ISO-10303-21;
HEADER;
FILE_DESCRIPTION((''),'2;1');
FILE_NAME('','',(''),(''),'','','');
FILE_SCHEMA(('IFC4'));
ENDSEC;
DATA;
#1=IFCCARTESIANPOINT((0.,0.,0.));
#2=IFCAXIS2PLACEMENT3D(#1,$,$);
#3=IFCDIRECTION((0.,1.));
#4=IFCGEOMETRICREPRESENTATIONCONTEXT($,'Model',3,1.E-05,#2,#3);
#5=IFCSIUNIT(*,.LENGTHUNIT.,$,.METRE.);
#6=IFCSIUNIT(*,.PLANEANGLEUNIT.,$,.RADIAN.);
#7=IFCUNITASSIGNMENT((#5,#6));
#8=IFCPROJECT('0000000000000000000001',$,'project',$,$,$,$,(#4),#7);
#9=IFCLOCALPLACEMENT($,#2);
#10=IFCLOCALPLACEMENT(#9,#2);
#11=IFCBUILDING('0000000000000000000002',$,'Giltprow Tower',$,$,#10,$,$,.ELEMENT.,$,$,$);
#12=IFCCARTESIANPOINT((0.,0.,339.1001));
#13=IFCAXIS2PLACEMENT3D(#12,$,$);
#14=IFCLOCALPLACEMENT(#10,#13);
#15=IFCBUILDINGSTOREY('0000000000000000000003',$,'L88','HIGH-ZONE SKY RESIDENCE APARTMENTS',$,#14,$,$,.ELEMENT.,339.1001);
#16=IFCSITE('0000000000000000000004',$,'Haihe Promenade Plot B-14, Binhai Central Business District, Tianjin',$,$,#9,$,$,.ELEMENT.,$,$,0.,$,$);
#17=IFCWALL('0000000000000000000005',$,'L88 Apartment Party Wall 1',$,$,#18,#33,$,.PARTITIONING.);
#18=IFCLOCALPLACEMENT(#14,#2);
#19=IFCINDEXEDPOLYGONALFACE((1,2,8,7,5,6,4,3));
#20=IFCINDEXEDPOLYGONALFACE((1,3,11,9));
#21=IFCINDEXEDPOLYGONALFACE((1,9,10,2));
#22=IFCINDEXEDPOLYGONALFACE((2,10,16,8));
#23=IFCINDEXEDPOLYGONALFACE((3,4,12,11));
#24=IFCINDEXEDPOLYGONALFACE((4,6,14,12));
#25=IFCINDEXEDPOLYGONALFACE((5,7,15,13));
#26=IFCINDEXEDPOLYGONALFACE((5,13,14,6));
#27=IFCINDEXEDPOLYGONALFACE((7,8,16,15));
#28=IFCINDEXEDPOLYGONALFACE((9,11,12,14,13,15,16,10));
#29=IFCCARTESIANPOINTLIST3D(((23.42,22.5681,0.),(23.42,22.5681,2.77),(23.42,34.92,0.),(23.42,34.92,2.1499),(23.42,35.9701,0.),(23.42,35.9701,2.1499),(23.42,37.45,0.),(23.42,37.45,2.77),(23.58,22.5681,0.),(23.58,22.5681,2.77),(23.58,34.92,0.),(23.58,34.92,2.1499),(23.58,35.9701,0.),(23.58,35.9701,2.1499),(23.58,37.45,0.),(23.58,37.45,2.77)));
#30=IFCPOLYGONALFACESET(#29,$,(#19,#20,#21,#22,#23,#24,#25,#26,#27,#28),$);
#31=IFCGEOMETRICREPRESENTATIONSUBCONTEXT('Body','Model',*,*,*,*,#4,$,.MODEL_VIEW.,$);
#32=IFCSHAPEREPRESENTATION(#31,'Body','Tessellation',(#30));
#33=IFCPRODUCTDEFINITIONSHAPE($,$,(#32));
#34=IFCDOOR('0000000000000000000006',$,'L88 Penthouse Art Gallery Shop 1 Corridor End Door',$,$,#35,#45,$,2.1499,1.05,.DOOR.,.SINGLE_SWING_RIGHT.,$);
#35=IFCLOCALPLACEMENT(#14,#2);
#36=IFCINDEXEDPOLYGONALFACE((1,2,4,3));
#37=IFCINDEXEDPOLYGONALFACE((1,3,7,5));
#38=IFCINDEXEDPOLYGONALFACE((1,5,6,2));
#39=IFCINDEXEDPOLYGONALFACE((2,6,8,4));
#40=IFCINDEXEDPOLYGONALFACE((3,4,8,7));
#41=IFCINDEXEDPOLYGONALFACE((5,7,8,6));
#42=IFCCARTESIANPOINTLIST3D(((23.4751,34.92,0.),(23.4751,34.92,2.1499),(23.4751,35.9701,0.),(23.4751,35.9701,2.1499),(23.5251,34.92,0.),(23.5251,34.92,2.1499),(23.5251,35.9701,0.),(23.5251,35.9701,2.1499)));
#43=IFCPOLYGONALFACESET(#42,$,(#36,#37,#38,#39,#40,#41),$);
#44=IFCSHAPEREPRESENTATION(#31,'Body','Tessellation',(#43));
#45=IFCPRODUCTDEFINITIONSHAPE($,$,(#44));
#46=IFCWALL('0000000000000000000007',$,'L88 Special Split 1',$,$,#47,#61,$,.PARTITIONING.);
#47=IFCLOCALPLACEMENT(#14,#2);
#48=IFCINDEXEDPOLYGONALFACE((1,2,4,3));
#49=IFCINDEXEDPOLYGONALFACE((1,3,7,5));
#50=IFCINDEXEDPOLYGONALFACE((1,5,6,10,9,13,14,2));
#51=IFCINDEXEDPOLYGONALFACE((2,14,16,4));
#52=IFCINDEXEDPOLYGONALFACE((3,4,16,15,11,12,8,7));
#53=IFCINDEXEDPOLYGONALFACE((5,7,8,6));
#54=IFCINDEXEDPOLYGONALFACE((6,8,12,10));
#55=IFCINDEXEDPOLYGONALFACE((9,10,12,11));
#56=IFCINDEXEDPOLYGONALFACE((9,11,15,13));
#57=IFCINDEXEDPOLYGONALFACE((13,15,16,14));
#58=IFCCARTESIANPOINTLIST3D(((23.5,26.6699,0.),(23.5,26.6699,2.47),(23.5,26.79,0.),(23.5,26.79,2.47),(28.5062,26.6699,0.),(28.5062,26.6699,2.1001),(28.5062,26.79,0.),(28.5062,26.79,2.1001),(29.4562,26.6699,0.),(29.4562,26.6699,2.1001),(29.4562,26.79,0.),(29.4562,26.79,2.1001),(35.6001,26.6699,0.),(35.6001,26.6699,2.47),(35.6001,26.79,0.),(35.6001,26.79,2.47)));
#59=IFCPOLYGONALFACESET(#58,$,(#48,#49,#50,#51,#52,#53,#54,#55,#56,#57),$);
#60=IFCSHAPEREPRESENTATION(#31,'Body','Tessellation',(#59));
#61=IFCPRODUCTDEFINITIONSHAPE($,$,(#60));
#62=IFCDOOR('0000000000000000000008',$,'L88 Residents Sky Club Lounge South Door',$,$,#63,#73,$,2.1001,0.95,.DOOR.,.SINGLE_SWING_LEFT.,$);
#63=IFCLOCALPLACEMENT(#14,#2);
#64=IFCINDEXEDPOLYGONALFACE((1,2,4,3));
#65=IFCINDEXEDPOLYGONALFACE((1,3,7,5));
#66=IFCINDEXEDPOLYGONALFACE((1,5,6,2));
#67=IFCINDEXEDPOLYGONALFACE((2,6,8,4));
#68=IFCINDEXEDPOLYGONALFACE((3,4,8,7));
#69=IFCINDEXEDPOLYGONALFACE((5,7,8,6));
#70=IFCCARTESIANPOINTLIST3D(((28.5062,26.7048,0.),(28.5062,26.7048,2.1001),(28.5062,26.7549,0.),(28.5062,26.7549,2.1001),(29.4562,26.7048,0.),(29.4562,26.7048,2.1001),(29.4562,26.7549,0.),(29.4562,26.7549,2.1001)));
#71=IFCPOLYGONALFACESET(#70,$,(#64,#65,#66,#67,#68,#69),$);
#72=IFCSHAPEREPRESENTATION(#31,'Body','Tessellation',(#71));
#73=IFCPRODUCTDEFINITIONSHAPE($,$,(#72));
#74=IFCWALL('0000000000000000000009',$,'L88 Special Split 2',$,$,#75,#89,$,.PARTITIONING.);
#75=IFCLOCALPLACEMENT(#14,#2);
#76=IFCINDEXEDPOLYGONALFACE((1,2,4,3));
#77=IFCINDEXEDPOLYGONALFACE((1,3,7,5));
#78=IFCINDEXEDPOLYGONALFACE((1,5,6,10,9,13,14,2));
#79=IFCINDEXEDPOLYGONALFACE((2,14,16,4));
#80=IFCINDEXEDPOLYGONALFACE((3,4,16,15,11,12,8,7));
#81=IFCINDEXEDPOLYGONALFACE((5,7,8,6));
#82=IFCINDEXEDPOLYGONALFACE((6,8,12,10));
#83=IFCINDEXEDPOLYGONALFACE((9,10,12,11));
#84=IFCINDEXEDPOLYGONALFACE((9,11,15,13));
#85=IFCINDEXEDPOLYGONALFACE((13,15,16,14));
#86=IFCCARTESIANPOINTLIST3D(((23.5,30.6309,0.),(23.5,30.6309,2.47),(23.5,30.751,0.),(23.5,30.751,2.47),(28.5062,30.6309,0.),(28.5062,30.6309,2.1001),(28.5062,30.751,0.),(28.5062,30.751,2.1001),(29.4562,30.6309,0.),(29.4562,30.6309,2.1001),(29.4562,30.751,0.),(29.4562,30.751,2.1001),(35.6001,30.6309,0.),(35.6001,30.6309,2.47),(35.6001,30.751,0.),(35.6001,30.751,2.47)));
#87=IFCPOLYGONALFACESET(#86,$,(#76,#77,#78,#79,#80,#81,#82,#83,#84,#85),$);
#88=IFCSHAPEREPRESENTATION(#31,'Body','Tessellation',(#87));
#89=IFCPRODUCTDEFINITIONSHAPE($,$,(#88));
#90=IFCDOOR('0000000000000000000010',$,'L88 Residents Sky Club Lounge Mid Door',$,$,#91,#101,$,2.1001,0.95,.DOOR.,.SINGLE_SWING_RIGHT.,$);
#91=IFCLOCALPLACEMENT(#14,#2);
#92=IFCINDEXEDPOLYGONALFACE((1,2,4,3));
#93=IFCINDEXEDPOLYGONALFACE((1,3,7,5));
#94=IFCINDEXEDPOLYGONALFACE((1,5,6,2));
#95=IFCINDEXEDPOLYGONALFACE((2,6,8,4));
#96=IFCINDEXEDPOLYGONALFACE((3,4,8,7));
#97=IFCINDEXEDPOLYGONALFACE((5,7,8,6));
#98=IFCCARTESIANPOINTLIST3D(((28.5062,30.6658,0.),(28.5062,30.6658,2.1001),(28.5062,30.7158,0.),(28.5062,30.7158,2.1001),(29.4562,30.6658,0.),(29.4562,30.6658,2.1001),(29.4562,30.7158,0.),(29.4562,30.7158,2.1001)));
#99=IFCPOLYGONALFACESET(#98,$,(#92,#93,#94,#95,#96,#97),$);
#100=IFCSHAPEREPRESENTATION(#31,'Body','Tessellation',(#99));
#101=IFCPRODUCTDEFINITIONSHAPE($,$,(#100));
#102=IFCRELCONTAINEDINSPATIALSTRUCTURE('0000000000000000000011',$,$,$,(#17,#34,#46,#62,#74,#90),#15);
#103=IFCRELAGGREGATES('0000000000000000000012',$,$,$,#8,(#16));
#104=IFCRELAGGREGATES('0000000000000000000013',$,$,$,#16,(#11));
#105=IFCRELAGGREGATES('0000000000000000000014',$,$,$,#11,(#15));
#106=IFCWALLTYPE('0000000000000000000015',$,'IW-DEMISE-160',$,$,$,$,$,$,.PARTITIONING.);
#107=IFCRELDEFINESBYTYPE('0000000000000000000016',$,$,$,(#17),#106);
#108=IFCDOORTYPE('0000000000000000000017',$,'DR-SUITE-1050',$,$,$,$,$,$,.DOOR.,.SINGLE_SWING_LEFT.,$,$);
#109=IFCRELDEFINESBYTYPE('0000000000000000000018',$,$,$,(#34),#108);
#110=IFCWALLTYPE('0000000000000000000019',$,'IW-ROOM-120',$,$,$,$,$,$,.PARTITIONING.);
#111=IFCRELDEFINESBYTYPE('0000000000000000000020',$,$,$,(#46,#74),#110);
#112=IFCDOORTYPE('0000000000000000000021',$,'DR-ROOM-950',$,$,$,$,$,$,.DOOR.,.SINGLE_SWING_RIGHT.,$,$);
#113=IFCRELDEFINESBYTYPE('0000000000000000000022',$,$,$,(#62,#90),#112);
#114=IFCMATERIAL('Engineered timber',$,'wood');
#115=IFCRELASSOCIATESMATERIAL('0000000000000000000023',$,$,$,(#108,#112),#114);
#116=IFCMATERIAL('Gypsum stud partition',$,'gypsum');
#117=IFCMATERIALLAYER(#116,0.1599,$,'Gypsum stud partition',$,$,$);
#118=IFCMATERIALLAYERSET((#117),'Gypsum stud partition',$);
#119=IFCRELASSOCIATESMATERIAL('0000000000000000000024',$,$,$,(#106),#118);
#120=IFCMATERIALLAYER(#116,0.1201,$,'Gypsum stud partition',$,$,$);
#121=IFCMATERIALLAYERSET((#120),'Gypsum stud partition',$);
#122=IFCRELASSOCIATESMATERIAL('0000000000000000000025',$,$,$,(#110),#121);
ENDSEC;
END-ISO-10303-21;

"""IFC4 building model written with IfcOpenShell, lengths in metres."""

from ifc_helpers import new_model, si_unit, direction, frame, frame_2d, origin, place, context, subcontext, project, spatial, rectangle, extrude, source, transform, mapped, material, layer, layer_set, type_object, element, fill, save


model = new_model("IFC4")

# Units and contexts
model_context = context("Model", 3, precision=1e-05, world=origin(), true_north=direction((0.0, 1.0)))
body_context = subcontext(model_context, "Body", "Model", "MODEL_VIEW")
ifc_project = project(units=[si_unit("LENGTHUNIT", "METRE"), si_unit("PLANEANGLEUNIT", "RADIAN")], contexts=[model_context])

# Site, building, storey
site_placement = place(None, origin())
site = spatial("IfcSite", under=ifc_project, at=site_placement, Name="Haihe Promenade Plot B-14, Binhai Central Business District, Tianjin", CompositionType="ELEMENT", RefElevation=0.0)
building_placement = place(site_placement, origin())
building = spatial("IfcBuilding", under=site, at=building_placement, Name="Giltprow Tower", CompositionType="ELEMENT")
storey_placement = place(building_placement, frame((0.0, 0.0, 339.1001)))
storey = spatial("IfcBuildingStorey", under=building, at=storey_placement, Name="L88", Description="HIGH-ZONE SKY RESIDENCE APARTMENTS", CompositionType="ELEMENT", Elevation=339.1001)

# Shared definitions
ifc_material_1 = material(Name="Gypsum stud partition", Category="gypsum")
ifc_material_2 = material(Name="Engineered timber", Category="wood")
door_type_1 = type_object("IfcDoorType", Name="DR-SUITE-1050", OperationType="SINGLE_SWING_LEFT", PredefinedType="DOOR", material=ifc_material_2)
shared_shape_1 = source(origin(), body_context, "Body", "SweptSolid", [
    extrude(rectangle(XDim=1.05, YDim=2.1499, at=frame_2d((0.5249, 1.075))), frame((0.0, 0.0249, 0.0), z_axis=(0.0, -1.0, 0.0), x_axis=(1.0, 0.0, 0.0)), (0.0, 0.0, 1.0), 0.05),
])

# Walls, openings, doors
ifc_layer_1 = layer(ifc_material_1, 0.1599, Name="Gypsum stud partition")
ifc_layer_set_1 = layer_set([ifc_layer_1], Name="Gypsum stud partition")
wall_type_1 = type_object("IfcWallType", Name="IW-DEMISE-160", PredefinedType="PARTITIONING", material=ifc_layer_set_1)
wall_1_placement = place(storey_placement, frame((23.5, 22.5681, 0.0), z_axis=(0.0, 0.0, 1.0), x_axis=(0.0, 1.0, 0.0)))
wall_1 = element("IfcWall", 1, at=wall_1_placement, inside=storey, type_object=wall_type_1, Name="L88 Apartment Party Wall 1", PredefinedType="PARTITIONING", context=body_context, shape_type="SweptSolid", body=[
    extrude(rectangle(XDim=14.8818, YDim=0.1599, at=frame_2d((7.4409, 0.0))), origin(), (0.0, 0.0, 1.0), 2.77),
])
opening_1_placement = place(wall_1_placement, frame((12.3521, 0.0, 0.0)))
opening_1 = element("IfcOpeningElement", 2, at=opening_1_placement, cuts=wall_1, PredefinedType="OPENING", context=body_context, shape_type="SweptSolid", body=[
    extrude(rectangle(XDim=1.05, YDim=2.1499, at=frame_2d((0.5249, 1.075))), frame((0.0, 0.0898, 0.0), z_axis=(0.0, -1.0, 0.0), x_axis=(1.0, 0.0, 0.0)), (0.0, 0.0, 1.0), 0.1799),
])
door_1_placement = place(opening_1_placement, origin())
door_1 = element("IfcDoor", 3, at=door_1_placement, inside=storey, type_object=door_type_1, Name="L88 Penthouse Art Gallery Shop 1 Corridor End Door", OperationType="SINGLE_SWING_RIGHT", OverallHeight=2.1499, OverallWidth=1.05, PredefinedType="DOOR", context=body_context, shape_type="MappedRepresentation", body=[
    mapped(shared_shape_1, transform((0.0, 0.0, 0.0), x_axis=(1.0, 0.0, 0.0), y_axis=(0.0, 1.0, 0.0), z_axis=(0.0, 0.0, 1.0), scale=1.0)),
])
fill(opening_1, door_1)
ifc_layer_2 = layer(ifc_material_1, 0.1201, Name="Gypsum stud partition")
ifc_layer_set_2 = layer_set([ifc_layer_2], Name="Gypsum stud partition")
wall_type_2 = type_object("IfcWallType", Name="IW-ROOM-120", PredefinedType="PARTITIONING", material=ifc_layer_set_2)
wall_2_placement = place(storey_placement, frame((23.5, 26.73, 0.0), z_axis=(0.0, 0.0, 1.0), x_axis=(1.0, 0.0, 0.0)))
wall_2 = element("IfcWall", 4, at=wall_2_placement, inside=storey, type_object=wall_type_2, Name="L88 Special Split 1", PredefinedType="PARTITIONING", context=body_context, shape_type="SweptSolid", body=[
    extrude(rectangle(XDim=12.1001, YDim=0.1201, at=frame_2d((6.05, 0.0))), origin(), (0.0, 0.0, 1.0), 2.47),
])
opening_2_placement = place(wall_2_placement, frame((5.0061, 0.0, 0.0)))
opening_2 = element("IfcOpeningElement", 5, at=opening_2_placement, cuts=wall_2, PredefinedType="OPENING", context=body_context, shape_type="SweptSolid", body=[
    extrude(rectangle(XDim=0.95, YDim=2.1001, at=frame_2d((0.4751, 1.05))), frame((0.0, 0.0701, 0.0), z_axis=(0.0, -1.0, 0.0), x_axis=(1.0, 0.0, 0.0)), (0.0, 0.0, 1.0), 0.1401),
])
door_type_2 = type_object("IfcDoorType", Name="DR-ROOM-950", OperationType="SINGLE_SWING_RIGHT", PredefinedType="DOOR", material=ifc_material_2)
shared_shape_2 = source(origin(), body_context, "Body", "SweptSolid", [
    extrude(rectangle(XDim=0.95, YDim=2.1001, at=frame_2d((0.4751, 1.05))), frame((0.0, 0.0249, 0.0), z_axis=(0.0, -1.0, 0.0), x_axis=(1.0, 0.0, 0.0)), (0.0, 0.0, 1.0), 0.05),
])
door_2_placement = place(opening_2_placement, origin())
door_2 = element("IfcDoor", 6, at=door_2_placement, inside=storey, type_object=door_type_2, Name="L88 Residents Sky Club Lounge South Door", OperationType="SINGLE_SWING_LEFT", OverallHeight=2.1001, OverallWidth=0.95, PredefinedType="DOOR", context=body_context, shape_type="MappedRepresentation", body=[
    mapped(shared_shape_2, transform((0.0, 0.0, 0.0), x_axis=(1.0, 0.0, 0.0), y_axis=(0.0, 1.0, 0.0), z_axis=(0.0, 0.0, 1.0), scale=1.0)),
])
fill(opening_2, door_2)
wall_3_placement = place(storey_placement, frame((23.5, 30.6909, 0.0), z_axis=(0.0, 0.0, 1.0), x_axis=(1.0, 0.0, 0.0)))
wall_3 = element("IfcWall", 7, at=wall_3_placement, inside=storey, type_object=wall_type_2, Name="L88 Special Split 2", PredefinedType="PARTITIONING", context=body_context, shape_type="SweptSolid", body=[
    extrude(rectangle(XDim=12.1001, YDim=0.1201, at=frame_2d((6.05, 0.0))), origin(), (0.0, 0.0, 1.0), 2.47),
])
opening_3_placement = place(wall_3_placement, frame((5.0061, 0.0, 0.0)))
opening_3 = element("IfcOpeningElement", 8, at=opening_3_placement, cuts=wall_3, PredefinedType="OPENING", context=body_context, shape_type="SweptSolid", body=[
    extrude(rectangle(XDim=0.95, YDim=2.1001, at=frame_2d((0.4751, 1.05))), frame((0.0, 0.0701, 0.0), z_axis=(0.0, -1.0, 0.0), x_axis=(1.0, 0.0, 0.0)), (0.0, 0.0, 1.0), 0.1401),
])
door_3_placement = place(opening_3_placement, origin())
door_3 = element("IfcDoor", 9, at=door_3_placement, inside=storey, type_object=door_type_2, Name="L88 Residents Sky Club Lounge Mid Door", OperationType="SINGLE_SWING_RIGHT", OverallHeight=2.1001, OverallWidth=0.95, PredefinedType="DOOR", context=body_context, shape_type="MappedRepresentation", body=[
    mapped(shared_shape_2, transform((0.0, 0.0, 0.0), x_axis=(1.0, 0.0, 0.0), y_axis=(0.0, 1.0, 0.0), z_axis=(0.0, 0.0, 1.0), scale=1.0)),
])
fill(opening_3, door_3)

save(model, "model.ifc")
